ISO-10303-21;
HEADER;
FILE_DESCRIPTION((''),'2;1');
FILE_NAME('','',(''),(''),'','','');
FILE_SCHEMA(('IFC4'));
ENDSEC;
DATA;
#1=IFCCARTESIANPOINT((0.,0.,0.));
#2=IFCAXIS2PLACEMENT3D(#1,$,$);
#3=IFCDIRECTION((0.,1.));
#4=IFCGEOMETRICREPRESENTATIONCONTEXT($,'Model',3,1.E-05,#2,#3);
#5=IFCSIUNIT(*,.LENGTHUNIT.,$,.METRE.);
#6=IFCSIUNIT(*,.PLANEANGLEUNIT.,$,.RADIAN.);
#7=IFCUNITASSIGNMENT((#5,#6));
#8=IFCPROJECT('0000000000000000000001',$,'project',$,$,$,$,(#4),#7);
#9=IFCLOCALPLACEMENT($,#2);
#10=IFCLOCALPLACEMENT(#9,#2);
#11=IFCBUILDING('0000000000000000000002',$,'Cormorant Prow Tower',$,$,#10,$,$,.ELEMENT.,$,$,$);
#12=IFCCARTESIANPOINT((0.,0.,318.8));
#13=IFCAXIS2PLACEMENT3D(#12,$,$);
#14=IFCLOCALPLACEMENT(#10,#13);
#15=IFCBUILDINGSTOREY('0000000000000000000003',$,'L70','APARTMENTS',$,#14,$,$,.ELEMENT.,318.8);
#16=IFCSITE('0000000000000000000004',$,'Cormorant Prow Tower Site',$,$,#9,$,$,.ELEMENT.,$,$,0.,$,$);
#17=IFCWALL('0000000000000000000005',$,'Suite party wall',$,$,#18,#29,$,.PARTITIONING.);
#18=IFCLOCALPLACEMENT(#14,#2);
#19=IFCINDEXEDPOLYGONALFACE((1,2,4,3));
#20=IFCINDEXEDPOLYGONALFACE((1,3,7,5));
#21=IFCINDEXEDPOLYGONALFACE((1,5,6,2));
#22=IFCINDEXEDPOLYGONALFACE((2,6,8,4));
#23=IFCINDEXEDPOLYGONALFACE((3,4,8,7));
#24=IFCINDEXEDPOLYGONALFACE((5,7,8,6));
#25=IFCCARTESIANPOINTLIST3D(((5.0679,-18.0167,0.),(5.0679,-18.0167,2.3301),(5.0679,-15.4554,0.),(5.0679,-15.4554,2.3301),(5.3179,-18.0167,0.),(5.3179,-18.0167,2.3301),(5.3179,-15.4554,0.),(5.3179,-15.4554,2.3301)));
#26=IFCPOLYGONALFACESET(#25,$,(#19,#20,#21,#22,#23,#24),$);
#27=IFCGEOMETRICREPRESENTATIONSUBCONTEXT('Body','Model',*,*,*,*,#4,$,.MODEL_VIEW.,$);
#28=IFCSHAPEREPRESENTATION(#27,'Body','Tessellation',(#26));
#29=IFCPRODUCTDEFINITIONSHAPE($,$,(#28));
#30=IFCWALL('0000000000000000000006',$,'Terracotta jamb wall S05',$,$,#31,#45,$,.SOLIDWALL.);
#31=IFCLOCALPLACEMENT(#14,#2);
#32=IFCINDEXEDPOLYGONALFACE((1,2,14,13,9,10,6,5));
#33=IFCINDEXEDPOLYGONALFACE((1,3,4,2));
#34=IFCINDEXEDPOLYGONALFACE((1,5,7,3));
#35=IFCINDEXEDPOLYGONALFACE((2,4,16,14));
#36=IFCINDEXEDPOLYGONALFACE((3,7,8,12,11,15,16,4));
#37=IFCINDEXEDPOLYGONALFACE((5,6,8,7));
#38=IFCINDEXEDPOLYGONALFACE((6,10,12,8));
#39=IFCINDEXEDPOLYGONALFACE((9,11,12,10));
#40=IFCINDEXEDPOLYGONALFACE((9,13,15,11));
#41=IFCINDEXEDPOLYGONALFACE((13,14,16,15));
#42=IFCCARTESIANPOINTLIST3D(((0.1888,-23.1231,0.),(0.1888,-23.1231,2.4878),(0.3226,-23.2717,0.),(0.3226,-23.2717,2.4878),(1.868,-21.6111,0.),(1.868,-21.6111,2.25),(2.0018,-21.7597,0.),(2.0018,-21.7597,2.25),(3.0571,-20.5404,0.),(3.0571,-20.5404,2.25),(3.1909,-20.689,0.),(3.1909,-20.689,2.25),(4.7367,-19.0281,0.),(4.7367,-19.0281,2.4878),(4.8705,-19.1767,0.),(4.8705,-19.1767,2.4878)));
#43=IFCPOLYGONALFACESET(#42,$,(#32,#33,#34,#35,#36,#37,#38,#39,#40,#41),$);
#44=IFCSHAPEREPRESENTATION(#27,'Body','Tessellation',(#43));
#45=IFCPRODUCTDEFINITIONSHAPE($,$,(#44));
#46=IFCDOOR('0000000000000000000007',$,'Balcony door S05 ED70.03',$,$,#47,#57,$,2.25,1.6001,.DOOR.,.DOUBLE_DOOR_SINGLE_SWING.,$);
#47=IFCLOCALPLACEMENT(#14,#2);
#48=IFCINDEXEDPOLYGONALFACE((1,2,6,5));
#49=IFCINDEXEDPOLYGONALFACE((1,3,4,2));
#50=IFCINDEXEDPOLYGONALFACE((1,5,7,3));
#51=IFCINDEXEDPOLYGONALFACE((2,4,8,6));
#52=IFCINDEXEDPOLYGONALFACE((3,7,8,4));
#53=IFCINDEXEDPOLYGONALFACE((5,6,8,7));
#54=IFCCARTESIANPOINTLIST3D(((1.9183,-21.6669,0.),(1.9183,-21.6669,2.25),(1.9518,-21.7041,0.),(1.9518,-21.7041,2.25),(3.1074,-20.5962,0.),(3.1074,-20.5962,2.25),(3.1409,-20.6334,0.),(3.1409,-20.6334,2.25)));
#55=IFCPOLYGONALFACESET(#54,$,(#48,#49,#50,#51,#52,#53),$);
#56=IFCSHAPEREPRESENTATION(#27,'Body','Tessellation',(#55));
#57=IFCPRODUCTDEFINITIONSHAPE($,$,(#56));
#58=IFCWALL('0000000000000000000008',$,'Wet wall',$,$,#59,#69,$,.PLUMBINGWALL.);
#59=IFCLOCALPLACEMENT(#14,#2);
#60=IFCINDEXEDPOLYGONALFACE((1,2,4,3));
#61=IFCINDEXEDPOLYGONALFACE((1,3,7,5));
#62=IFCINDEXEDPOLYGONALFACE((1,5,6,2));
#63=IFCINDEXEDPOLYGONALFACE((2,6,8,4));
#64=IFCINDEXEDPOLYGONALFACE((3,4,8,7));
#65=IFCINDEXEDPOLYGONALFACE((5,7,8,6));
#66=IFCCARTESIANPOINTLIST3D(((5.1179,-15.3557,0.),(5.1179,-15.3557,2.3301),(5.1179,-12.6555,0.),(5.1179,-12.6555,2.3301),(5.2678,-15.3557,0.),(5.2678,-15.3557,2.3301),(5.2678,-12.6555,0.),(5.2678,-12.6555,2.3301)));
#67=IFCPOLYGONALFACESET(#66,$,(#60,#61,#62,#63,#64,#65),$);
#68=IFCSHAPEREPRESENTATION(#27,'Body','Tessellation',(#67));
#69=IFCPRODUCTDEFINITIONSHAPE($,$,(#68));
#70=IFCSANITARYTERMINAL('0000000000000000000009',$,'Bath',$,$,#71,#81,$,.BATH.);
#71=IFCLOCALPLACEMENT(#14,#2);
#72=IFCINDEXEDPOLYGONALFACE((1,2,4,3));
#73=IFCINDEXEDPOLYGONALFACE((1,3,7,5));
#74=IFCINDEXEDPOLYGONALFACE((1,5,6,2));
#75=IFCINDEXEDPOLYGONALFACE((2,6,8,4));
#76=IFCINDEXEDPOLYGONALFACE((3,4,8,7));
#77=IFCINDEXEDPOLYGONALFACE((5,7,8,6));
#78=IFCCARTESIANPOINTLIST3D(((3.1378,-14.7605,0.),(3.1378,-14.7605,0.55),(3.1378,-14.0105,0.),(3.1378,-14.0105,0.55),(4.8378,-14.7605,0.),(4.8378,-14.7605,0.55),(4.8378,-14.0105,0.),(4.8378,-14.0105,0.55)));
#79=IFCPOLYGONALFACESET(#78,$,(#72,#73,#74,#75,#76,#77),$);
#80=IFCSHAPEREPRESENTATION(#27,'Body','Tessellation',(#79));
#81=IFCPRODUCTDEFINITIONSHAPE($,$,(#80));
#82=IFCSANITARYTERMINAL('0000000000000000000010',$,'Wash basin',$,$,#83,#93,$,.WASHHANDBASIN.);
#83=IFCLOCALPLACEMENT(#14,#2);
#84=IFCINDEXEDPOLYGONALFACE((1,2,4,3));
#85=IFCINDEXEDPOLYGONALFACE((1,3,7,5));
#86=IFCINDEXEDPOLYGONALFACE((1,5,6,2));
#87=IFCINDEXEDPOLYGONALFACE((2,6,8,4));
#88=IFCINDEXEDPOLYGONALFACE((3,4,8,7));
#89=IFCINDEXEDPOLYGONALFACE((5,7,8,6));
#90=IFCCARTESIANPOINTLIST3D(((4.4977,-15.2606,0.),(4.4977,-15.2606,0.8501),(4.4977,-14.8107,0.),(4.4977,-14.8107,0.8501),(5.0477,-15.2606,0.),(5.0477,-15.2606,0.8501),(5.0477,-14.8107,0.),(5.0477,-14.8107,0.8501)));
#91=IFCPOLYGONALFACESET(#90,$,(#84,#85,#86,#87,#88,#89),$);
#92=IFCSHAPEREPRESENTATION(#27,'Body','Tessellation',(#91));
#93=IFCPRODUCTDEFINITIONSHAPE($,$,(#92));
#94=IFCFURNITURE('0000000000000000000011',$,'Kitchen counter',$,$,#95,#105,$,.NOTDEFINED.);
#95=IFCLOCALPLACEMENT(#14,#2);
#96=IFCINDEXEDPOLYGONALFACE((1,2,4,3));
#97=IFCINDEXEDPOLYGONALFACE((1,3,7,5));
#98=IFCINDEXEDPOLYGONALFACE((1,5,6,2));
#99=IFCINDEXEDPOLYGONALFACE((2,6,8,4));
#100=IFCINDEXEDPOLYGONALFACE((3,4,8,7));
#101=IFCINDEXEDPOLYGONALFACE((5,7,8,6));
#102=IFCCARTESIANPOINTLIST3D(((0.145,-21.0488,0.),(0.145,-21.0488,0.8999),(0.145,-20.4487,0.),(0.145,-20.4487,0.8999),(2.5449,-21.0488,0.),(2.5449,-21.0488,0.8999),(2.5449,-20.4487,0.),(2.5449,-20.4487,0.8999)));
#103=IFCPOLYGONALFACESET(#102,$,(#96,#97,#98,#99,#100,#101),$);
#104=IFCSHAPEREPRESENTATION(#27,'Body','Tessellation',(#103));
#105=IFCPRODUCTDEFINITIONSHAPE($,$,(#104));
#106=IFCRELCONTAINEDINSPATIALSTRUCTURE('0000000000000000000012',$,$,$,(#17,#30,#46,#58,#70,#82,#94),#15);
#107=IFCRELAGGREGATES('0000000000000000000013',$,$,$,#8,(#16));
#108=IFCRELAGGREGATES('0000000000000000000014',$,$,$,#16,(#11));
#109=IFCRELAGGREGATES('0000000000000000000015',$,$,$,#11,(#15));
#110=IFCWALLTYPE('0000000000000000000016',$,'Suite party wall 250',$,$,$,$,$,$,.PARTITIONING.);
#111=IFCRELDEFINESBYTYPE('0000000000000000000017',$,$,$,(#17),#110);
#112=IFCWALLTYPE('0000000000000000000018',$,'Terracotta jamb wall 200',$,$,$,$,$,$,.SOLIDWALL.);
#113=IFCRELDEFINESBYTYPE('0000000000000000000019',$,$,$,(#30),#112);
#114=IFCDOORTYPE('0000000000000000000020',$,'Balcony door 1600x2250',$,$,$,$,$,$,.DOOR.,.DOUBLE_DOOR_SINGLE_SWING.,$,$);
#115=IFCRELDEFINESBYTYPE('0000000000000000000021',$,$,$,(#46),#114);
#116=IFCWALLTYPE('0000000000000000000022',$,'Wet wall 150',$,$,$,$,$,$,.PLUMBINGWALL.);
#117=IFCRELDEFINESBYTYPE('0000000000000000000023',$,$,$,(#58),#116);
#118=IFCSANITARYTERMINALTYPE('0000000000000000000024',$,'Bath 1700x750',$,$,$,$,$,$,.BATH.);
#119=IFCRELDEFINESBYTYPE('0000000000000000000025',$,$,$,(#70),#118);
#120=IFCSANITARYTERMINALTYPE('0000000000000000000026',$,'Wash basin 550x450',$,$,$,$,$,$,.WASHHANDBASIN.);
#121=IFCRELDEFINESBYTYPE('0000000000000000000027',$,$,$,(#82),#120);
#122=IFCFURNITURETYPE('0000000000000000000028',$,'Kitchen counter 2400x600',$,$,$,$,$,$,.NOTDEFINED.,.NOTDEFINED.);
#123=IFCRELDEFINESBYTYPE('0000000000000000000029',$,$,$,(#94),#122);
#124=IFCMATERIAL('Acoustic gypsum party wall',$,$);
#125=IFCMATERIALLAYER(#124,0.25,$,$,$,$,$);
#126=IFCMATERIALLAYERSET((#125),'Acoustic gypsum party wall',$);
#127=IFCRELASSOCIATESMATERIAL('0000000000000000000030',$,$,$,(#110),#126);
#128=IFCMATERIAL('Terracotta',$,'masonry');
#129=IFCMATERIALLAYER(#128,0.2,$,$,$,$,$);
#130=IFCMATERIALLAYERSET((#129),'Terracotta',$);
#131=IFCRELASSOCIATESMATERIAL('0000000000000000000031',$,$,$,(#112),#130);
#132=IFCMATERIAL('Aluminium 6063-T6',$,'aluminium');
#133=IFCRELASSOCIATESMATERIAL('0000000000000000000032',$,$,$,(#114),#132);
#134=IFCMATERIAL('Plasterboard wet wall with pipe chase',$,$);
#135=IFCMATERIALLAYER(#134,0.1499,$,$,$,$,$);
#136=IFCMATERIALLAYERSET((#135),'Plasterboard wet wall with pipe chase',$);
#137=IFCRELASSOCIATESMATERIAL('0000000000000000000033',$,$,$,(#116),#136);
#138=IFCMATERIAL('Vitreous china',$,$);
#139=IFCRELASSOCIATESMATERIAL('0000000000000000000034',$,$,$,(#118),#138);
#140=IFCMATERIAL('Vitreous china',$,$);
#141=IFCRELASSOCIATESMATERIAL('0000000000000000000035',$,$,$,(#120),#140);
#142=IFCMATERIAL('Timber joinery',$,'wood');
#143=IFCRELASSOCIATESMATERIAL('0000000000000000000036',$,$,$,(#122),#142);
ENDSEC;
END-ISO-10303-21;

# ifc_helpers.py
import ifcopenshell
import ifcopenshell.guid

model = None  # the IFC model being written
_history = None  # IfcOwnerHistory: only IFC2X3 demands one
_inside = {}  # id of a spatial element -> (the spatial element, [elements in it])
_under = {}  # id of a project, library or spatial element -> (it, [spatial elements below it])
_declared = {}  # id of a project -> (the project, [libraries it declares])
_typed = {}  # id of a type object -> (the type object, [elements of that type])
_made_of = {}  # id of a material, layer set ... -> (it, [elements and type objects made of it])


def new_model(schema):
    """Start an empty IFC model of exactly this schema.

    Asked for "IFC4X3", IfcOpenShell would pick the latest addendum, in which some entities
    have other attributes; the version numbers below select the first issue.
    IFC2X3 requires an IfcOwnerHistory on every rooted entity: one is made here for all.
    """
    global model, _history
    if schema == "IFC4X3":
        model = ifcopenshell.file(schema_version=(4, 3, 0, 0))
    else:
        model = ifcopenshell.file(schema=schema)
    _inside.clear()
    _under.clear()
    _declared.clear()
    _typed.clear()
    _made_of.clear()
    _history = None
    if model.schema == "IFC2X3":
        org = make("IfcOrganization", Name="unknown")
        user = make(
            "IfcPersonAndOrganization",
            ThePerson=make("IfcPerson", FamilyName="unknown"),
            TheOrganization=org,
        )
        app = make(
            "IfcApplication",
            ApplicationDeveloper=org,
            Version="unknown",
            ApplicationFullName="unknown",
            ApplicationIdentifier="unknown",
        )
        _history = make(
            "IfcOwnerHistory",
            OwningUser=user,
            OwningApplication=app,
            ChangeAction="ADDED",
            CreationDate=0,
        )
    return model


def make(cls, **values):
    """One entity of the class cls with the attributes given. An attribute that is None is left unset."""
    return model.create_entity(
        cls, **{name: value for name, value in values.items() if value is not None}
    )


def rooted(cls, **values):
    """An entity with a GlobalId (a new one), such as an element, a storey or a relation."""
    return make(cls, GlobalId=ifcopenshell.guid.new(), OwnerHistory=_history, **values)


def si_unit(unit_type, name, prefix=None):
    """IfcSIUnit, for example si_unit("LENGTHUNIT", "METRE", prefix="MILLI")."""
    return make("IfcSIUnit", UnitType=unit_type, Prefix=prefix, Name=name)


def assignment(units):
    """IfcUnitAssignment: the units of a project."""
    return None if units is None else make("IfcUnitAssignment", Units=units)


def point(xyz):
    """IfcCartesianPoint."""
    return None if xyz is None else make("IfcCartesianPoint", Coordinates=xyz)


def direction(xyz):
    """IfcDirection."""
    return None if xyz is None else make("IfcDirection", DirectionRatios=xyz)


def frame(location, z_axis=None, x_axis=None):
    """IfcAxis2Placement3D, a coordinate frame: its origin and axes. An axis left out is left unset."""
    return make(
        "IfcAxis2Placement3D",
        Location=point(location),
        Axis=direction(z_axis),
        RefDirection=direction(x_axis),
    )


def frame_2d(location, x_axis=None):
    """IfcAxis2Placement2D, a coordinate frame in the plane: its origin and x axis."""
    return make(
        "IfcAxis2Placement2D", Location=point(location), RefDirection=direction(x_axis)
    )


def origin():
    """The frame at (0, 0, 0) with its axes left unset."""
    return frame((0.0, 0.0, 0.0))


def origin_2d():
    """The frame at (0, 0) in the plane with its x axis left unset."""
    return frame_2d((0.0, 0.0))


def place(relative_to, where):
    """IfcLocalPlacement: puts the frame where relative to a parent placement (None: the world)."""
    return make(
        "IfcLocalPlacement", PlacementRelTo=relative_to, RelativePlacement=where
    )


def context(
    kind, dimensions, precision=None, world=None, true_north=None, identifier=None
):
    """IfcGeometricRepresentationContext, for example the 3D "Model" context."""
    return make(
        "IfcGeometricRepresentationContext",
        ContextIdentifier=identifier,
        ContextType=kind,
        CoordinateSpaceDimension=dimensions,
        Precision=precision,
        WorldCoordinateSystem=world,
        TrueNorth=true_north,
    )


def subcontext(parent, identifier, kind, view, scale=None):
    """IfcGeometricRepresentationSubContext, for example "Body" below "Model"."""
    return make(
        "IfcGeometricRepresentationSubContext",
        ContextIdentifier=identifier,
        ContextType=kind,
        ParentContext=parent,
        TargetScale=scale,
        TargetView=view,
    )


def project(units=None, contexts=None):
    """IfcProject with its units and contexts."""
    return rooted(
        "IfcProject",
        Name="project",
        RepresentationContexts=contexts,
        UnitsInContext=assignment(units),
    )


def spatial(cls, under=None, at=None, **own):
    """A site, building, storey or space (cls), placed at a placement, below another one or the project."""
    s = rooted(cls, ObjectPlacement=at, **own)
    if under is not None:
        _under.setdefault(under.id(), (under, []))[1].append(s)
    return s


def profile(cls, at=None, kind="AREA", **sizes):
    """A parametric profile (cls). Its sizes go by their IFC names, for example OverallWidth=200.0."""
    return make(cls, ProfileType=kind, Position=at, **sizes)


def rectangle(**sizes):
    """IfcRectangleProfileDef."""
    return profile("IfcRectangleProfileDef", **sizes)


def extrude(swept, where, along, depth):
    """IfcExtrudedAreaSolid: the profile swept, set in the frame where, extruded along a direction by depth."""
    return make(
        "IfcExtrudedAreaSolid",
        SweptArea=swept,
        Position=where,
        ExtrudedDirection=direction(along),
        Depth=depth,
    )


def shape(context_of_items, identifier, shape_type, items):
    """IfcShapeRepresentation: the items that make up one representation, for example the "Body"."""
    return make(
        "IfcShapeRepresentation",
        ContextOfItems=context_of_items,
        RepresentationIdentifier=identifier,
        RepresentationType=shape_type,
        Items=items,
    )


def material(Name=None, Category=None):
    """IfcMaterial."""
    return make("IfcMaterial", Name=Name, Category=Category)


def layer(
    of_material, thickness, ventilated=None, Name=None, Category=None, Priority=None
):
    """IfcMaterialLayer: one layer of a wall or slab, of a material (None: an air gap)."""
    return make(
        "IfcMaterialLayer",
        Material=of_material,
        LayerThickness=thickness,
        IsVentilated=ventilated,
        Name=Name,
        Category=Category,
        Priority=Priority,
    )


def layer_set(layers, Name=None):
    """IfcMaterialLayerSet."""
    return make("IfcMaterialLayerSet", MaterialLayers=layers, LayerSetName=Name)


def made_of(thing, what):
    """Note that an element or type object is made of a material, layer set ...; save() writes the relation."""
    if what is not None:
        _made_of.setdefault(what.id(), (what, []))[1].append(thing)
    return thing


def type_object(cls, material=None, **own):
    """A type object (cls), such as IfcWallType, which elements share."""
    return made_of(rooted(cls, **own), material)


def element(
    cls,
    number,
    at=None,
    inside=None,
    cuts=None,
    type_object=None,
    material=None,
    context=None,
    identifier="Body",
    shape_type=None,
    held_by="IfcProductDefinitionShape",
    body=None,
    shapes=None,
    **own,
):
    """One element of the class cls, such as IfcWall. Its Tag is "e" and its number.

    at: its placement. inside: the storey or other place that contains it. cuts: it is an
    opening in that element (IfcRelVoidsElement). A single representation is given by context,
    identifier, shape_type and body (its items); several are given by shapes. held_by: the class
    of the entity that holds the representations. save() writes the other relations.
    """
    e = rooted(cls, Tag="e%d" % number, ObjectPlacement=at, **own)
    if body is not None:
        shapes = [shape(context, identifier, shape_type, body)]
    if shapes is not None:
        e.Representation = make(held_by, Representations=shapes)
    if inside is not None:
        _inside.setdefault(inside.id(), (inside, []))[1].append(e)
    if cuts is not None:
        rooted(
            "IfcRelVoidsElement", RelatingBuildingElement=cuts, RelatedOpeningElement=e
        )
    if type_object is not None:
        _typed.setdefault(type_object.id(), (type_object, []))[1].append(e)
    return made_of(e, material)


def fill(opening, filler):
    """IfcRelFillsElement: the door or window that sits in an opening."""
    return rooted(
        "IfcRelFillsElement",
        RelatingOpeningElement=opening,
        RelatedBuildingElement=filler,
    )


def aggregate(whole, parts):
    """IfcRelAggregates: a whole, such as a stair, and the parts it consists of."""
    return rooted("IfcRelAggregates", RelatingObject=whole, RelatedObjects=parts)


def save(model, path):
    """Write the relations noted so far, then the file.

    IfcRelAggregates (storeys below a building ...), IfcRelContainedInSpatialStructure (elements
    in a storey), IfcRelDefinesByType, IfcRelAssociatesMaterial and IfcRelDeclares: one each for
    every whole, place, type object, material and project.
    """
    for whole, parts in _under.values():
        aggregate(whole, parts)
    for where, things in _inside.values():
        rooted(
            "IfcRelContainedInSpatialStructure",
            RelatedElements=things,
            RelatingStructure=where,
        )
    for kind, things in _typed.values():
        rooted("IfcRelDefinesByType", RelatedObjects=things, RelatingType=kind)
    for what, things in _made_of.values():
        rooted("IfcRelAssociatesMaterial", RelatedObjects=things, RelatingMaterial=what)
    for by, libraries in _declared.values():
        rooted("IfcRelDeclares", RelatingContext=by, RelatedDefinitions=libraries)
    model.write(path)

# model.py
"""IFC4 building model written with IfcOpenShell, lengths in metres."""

from ifc_helpers import new_model, si_unit, direction, frame, frame_2d, origin, origin_2d, place, context, subcontext, project, spatial, rectangle, extrude, material, layer, layer_set, type_object, element, fill, save


model = new_model("IFC4")

# Units and contexts
model_context = context("Model", 3, precision=1e-05, world=origin(), true_north=direction((0.0, 1.0)))
body_context = subcontext(model_context, "Body", "Model", "MODEL_VIEW")
ifc_project = project(units=[si_unit("LENGTHUNIT", "METRE"), si_unit("PLANEANGLEUNIT", "RADIAN")], contexts=[model_context])

# Site, building, storey
site_placement = place(None, origin())
site = spatial("IfcSite", under=ifc_project, at=site_placement, Name="Cormorant Prow Tower Site", CompositionType="ELEMENT", RefElevation=0.0)
building_placement = place(site_placement, origin())
building = spatial("IfcBuilding", under=site, at=building_placement, Name="Cormorant Prow Tower", CompositionType="ELEMENT")
storey_placement = place(building_placement, frame((0.0, 0.0, 318.8)))
storey = spatial("IfcBuildingStorey", under=building, at=storey_placement, Name="L70", Description="APARTMENTS", CompositionType="ELEMENT", Elevation=318.8)

# Wall
ifc_material_1 = material(Name="Acoustic gypsum party wall")
ifc_layer_1 = layer(ifc_material_1, 0.25)
ifc_layer_set_1 = layer_set([ifc_layer_1], Name="Acoustic gypsum party wall")
wall_type_1 = type_object("IfcWallType", Name="Suite party wall 250", PredefinedType="PARTITIONING", material=ifc_layer_set_1)
wall_1_placement = place(storey_placement, frame((5.1929, -18.0168, 0.0), z_axis=(0.0, 0.0, 1.0), x_axis=(0.0, 1.0, 0.0)))
element("IfcWall", 1, at=wall_1_placement, inside=storey, type_object=wall_type_1, Name="Suite party wall", PredefinedType="PARTITIONING", context=body_context, shape_type="SweptSolid", body=[
    extrude(rectangle(XDim=2.5613, YDim=0.25, at=frame_2d((1.2808, 0.0))), origin(), (0.0, 0.0, 1.0), 2.3301),
])

# Wall, opening, door
ifc_material_2 = material(Name="Terracotta", Category="masonry")
ifc_layer_2 = layer(ifc_material_2, 0.2)
ifc_layer_set_2 = layer_set([ifc_layer_2], Name="Terracotta")
wall_type_2 = type_object("IfcWallType", Name="Terracotta jamb wall 200", PredefinedType="SOLIDWALL", material=ifc_layer_set_2)
wall_2_placement = place(storey_placement, frame((0.2556, -23.1975, 0.0), z_axis=(0.0, 0.0, 1.0), x_axis=(0.743139, 0.669137, 0.0)))
wall_2 = element("IfcWall", 2, at=wall_2_placement, inside=storey, type_object=wall_type_2, Name="Terracotta jamb wall S05", PredefinedType="SOLIDWALL", context=body_context, shape_type="SweptSolid", body=[
    extrude(rectangle(XDim=6.1199, YDim=0.2, at=frame_2d((3.0601, 0.0))), origin(), (0.0, 0.0, 1.0), 2.4878),
])
opening_1_placement = place(wall_2_placement, frame((2.2598, 0.0, 0.0)))
opening_1 = element("IfcOpeningElement", 3, at=opening_1_placement, cuts=wall_2, PredefinedType="OPENING", context=body_context, shape_type="SweptSolid", body=[
    extrude(rectangle(XDim=1.6001, YDim=2.25, at=frame_2d((0.8, 1.125))), frame((0.0, 0.1099, 0.0), z_axis=(0.0, -1.0, 0.0), x_axis=(1.0, 0.0, 0.0)), (0.0, 0.0, 1.0), 0.22),
])
ifc_material_3 = material(Name="Aluminium 6063-T6", Category="aluminium")
door_type_1 = type_object("IfcDoorType", Name="Balcony door 1600x2250", OperationType="DOUBLE_DOOR_SINGLE_SWING", PredefinedType="DOOR", material=ifc_material_3)
door_1_placement = place(opening_1_placement, origin())
door_1 = element("IfcDoor", 4, at=door_1_placement, inside=storey, type_object=door_type_1, Name="Balcony door S05 ED70.03", OperationType="DOUBLE_DOOR_SINGLE_SWING", OverallHeight=2.25, OverallWidth=1.6001, PredefinedType="DOOR", context=body_context, shape_type="SweptSolid", body=[
    extrude(rectangle(XDim=1.6001, YDim=2.25, at=frame_2d((0.8, 1.125))), frame((0.0, 0.0249, 0.0), z_axis=(0.0, -1.0, 0.0), x_axis=(1.0, 0.0, 0.0)), (0.0, 0.0, 1.0), 0.05),
])
fill(opening_1, door_1)

# Wall
ifc_material_4 = material(Name="Plasterboard wet wall with pipe chase")
ifc_layer_3 = layer(ifc_material_4, 0.1499)
ifc_layer_set_3 = layer_set([ifc_layer_3], Name="Plasterboard wet wall with pipe chase")
wall_type_3 = type_object("IfcWallType", Name="Wet wall 150", PredefinedType="PLUMBINGWALL", material=ifc_layer_set_3)
wall_3_placement = place(storey_placement, frame((5.1929, -15.3557, 0.0), z_axis=(0.0, 0.0, 1.0), x_axis=(0.0, 1.0, 0.0)))
element("IfcWall", 5, at=wall_3_placement, inside=storey, type_object=wall_type_3, Name="Wet wall", PredefinedType="PLUMBINGWALL", context=body_context, shape_type="SweptSolid", body=[
    extrude(rectangle(XDim=2.7002, YDim=0.1499, at=frame_2d((1.3501, 0.0))), origin(), (0.0, 0.0, 1.0), 2.3301),
])

# Sanitary terminals
ifc_material_5 = material(Name="Vitreous china")
sanitary_terminal_type_1 = type_object("IfcSanitaryTerminalType", Name="Bath 1700x750", PredefinedType="BATH", material=ifc_material_5)
sanitary_terminal_1_placement = place(storey_placement, frame((3.9878, -14.3855, 0.0), z_axis=(0.0, 0.0, 1.0), x_axis=(1.0, 0.0, 0.0)))
element("IfcSanitaryTerminal", 6, at=sanitary_terminal_1_placement, inside=storey, type_object=sanitary_terminal_type_1, Name="Bath", PredefinedType="BATH", context=body_context, shape_type="SweptSolid", body=[
    extrude(rectangle(XDim=1.7, YDim=0.75, at=origin_2d()), origin(), (0.0, 0.0, 1.0), 0.55),
])
ifc_material_6 = material(Name="Vitreous china")
sanitary_terminal_type_2 = type_object("IfcSanitaryTerminalType", Name="Wash basin 550x450", PredefinedType="WASHHANDBASIN", material=ifc_material_6)
sanitary_terminal_2_placement = place(storey_placement, frame((4.7727, -15.0356, 0.0), z_axis=(0.0, 0.0, 1.0), x_axis=(-1.0, 0.0, 0.0)))
element("IfcSanitaryTerminal", 7, at=sanitary_terminal_2_placement, inside=storey, type_object=sanitary_terminal_type_2, Name="Wash basin", PredefinedType="WASHHANDBASIN", context=body_context, shape_type="SweptSolid", body=[
    extrude(rectangle(XDim=0.55, YDim=0.45, at=origin_2d()), origin(), (0.0, 0.0, 1.0), 0.8501),
])

# Furniture
ifc_material_7 = material(Name="Timber joinery", Category="wood")
furniture_type = type_object("IfcFurnitureType", Name="Kitchen counter 2400x600", AssemblyPlace="NOTDEFINED", PredefinedType="NOTDEFINED", material=ifc_material_7)
furniture_placement = place(storey_placement, frame((1.345, -20.7488, 0.0), z_axis=(0.0, 0.0, 1.0), x_axis=(1.0, 0.0, 0.0)))
element("IfcFurniture", 8, at=furniture_placement, inside=storey, type_object=furniture_type, Name="Kitchen counter", PredefinedType="NOTDEFINED", context=body_context, shape_type="SweptSolid", body=[
    extrude(rectangle(XDim=2.3999, YDim=0.6001, at=origin_2d()), origin(), (0.0, 0.0, 1.0), 0.8999),
])

save(model, "model.ifc")
